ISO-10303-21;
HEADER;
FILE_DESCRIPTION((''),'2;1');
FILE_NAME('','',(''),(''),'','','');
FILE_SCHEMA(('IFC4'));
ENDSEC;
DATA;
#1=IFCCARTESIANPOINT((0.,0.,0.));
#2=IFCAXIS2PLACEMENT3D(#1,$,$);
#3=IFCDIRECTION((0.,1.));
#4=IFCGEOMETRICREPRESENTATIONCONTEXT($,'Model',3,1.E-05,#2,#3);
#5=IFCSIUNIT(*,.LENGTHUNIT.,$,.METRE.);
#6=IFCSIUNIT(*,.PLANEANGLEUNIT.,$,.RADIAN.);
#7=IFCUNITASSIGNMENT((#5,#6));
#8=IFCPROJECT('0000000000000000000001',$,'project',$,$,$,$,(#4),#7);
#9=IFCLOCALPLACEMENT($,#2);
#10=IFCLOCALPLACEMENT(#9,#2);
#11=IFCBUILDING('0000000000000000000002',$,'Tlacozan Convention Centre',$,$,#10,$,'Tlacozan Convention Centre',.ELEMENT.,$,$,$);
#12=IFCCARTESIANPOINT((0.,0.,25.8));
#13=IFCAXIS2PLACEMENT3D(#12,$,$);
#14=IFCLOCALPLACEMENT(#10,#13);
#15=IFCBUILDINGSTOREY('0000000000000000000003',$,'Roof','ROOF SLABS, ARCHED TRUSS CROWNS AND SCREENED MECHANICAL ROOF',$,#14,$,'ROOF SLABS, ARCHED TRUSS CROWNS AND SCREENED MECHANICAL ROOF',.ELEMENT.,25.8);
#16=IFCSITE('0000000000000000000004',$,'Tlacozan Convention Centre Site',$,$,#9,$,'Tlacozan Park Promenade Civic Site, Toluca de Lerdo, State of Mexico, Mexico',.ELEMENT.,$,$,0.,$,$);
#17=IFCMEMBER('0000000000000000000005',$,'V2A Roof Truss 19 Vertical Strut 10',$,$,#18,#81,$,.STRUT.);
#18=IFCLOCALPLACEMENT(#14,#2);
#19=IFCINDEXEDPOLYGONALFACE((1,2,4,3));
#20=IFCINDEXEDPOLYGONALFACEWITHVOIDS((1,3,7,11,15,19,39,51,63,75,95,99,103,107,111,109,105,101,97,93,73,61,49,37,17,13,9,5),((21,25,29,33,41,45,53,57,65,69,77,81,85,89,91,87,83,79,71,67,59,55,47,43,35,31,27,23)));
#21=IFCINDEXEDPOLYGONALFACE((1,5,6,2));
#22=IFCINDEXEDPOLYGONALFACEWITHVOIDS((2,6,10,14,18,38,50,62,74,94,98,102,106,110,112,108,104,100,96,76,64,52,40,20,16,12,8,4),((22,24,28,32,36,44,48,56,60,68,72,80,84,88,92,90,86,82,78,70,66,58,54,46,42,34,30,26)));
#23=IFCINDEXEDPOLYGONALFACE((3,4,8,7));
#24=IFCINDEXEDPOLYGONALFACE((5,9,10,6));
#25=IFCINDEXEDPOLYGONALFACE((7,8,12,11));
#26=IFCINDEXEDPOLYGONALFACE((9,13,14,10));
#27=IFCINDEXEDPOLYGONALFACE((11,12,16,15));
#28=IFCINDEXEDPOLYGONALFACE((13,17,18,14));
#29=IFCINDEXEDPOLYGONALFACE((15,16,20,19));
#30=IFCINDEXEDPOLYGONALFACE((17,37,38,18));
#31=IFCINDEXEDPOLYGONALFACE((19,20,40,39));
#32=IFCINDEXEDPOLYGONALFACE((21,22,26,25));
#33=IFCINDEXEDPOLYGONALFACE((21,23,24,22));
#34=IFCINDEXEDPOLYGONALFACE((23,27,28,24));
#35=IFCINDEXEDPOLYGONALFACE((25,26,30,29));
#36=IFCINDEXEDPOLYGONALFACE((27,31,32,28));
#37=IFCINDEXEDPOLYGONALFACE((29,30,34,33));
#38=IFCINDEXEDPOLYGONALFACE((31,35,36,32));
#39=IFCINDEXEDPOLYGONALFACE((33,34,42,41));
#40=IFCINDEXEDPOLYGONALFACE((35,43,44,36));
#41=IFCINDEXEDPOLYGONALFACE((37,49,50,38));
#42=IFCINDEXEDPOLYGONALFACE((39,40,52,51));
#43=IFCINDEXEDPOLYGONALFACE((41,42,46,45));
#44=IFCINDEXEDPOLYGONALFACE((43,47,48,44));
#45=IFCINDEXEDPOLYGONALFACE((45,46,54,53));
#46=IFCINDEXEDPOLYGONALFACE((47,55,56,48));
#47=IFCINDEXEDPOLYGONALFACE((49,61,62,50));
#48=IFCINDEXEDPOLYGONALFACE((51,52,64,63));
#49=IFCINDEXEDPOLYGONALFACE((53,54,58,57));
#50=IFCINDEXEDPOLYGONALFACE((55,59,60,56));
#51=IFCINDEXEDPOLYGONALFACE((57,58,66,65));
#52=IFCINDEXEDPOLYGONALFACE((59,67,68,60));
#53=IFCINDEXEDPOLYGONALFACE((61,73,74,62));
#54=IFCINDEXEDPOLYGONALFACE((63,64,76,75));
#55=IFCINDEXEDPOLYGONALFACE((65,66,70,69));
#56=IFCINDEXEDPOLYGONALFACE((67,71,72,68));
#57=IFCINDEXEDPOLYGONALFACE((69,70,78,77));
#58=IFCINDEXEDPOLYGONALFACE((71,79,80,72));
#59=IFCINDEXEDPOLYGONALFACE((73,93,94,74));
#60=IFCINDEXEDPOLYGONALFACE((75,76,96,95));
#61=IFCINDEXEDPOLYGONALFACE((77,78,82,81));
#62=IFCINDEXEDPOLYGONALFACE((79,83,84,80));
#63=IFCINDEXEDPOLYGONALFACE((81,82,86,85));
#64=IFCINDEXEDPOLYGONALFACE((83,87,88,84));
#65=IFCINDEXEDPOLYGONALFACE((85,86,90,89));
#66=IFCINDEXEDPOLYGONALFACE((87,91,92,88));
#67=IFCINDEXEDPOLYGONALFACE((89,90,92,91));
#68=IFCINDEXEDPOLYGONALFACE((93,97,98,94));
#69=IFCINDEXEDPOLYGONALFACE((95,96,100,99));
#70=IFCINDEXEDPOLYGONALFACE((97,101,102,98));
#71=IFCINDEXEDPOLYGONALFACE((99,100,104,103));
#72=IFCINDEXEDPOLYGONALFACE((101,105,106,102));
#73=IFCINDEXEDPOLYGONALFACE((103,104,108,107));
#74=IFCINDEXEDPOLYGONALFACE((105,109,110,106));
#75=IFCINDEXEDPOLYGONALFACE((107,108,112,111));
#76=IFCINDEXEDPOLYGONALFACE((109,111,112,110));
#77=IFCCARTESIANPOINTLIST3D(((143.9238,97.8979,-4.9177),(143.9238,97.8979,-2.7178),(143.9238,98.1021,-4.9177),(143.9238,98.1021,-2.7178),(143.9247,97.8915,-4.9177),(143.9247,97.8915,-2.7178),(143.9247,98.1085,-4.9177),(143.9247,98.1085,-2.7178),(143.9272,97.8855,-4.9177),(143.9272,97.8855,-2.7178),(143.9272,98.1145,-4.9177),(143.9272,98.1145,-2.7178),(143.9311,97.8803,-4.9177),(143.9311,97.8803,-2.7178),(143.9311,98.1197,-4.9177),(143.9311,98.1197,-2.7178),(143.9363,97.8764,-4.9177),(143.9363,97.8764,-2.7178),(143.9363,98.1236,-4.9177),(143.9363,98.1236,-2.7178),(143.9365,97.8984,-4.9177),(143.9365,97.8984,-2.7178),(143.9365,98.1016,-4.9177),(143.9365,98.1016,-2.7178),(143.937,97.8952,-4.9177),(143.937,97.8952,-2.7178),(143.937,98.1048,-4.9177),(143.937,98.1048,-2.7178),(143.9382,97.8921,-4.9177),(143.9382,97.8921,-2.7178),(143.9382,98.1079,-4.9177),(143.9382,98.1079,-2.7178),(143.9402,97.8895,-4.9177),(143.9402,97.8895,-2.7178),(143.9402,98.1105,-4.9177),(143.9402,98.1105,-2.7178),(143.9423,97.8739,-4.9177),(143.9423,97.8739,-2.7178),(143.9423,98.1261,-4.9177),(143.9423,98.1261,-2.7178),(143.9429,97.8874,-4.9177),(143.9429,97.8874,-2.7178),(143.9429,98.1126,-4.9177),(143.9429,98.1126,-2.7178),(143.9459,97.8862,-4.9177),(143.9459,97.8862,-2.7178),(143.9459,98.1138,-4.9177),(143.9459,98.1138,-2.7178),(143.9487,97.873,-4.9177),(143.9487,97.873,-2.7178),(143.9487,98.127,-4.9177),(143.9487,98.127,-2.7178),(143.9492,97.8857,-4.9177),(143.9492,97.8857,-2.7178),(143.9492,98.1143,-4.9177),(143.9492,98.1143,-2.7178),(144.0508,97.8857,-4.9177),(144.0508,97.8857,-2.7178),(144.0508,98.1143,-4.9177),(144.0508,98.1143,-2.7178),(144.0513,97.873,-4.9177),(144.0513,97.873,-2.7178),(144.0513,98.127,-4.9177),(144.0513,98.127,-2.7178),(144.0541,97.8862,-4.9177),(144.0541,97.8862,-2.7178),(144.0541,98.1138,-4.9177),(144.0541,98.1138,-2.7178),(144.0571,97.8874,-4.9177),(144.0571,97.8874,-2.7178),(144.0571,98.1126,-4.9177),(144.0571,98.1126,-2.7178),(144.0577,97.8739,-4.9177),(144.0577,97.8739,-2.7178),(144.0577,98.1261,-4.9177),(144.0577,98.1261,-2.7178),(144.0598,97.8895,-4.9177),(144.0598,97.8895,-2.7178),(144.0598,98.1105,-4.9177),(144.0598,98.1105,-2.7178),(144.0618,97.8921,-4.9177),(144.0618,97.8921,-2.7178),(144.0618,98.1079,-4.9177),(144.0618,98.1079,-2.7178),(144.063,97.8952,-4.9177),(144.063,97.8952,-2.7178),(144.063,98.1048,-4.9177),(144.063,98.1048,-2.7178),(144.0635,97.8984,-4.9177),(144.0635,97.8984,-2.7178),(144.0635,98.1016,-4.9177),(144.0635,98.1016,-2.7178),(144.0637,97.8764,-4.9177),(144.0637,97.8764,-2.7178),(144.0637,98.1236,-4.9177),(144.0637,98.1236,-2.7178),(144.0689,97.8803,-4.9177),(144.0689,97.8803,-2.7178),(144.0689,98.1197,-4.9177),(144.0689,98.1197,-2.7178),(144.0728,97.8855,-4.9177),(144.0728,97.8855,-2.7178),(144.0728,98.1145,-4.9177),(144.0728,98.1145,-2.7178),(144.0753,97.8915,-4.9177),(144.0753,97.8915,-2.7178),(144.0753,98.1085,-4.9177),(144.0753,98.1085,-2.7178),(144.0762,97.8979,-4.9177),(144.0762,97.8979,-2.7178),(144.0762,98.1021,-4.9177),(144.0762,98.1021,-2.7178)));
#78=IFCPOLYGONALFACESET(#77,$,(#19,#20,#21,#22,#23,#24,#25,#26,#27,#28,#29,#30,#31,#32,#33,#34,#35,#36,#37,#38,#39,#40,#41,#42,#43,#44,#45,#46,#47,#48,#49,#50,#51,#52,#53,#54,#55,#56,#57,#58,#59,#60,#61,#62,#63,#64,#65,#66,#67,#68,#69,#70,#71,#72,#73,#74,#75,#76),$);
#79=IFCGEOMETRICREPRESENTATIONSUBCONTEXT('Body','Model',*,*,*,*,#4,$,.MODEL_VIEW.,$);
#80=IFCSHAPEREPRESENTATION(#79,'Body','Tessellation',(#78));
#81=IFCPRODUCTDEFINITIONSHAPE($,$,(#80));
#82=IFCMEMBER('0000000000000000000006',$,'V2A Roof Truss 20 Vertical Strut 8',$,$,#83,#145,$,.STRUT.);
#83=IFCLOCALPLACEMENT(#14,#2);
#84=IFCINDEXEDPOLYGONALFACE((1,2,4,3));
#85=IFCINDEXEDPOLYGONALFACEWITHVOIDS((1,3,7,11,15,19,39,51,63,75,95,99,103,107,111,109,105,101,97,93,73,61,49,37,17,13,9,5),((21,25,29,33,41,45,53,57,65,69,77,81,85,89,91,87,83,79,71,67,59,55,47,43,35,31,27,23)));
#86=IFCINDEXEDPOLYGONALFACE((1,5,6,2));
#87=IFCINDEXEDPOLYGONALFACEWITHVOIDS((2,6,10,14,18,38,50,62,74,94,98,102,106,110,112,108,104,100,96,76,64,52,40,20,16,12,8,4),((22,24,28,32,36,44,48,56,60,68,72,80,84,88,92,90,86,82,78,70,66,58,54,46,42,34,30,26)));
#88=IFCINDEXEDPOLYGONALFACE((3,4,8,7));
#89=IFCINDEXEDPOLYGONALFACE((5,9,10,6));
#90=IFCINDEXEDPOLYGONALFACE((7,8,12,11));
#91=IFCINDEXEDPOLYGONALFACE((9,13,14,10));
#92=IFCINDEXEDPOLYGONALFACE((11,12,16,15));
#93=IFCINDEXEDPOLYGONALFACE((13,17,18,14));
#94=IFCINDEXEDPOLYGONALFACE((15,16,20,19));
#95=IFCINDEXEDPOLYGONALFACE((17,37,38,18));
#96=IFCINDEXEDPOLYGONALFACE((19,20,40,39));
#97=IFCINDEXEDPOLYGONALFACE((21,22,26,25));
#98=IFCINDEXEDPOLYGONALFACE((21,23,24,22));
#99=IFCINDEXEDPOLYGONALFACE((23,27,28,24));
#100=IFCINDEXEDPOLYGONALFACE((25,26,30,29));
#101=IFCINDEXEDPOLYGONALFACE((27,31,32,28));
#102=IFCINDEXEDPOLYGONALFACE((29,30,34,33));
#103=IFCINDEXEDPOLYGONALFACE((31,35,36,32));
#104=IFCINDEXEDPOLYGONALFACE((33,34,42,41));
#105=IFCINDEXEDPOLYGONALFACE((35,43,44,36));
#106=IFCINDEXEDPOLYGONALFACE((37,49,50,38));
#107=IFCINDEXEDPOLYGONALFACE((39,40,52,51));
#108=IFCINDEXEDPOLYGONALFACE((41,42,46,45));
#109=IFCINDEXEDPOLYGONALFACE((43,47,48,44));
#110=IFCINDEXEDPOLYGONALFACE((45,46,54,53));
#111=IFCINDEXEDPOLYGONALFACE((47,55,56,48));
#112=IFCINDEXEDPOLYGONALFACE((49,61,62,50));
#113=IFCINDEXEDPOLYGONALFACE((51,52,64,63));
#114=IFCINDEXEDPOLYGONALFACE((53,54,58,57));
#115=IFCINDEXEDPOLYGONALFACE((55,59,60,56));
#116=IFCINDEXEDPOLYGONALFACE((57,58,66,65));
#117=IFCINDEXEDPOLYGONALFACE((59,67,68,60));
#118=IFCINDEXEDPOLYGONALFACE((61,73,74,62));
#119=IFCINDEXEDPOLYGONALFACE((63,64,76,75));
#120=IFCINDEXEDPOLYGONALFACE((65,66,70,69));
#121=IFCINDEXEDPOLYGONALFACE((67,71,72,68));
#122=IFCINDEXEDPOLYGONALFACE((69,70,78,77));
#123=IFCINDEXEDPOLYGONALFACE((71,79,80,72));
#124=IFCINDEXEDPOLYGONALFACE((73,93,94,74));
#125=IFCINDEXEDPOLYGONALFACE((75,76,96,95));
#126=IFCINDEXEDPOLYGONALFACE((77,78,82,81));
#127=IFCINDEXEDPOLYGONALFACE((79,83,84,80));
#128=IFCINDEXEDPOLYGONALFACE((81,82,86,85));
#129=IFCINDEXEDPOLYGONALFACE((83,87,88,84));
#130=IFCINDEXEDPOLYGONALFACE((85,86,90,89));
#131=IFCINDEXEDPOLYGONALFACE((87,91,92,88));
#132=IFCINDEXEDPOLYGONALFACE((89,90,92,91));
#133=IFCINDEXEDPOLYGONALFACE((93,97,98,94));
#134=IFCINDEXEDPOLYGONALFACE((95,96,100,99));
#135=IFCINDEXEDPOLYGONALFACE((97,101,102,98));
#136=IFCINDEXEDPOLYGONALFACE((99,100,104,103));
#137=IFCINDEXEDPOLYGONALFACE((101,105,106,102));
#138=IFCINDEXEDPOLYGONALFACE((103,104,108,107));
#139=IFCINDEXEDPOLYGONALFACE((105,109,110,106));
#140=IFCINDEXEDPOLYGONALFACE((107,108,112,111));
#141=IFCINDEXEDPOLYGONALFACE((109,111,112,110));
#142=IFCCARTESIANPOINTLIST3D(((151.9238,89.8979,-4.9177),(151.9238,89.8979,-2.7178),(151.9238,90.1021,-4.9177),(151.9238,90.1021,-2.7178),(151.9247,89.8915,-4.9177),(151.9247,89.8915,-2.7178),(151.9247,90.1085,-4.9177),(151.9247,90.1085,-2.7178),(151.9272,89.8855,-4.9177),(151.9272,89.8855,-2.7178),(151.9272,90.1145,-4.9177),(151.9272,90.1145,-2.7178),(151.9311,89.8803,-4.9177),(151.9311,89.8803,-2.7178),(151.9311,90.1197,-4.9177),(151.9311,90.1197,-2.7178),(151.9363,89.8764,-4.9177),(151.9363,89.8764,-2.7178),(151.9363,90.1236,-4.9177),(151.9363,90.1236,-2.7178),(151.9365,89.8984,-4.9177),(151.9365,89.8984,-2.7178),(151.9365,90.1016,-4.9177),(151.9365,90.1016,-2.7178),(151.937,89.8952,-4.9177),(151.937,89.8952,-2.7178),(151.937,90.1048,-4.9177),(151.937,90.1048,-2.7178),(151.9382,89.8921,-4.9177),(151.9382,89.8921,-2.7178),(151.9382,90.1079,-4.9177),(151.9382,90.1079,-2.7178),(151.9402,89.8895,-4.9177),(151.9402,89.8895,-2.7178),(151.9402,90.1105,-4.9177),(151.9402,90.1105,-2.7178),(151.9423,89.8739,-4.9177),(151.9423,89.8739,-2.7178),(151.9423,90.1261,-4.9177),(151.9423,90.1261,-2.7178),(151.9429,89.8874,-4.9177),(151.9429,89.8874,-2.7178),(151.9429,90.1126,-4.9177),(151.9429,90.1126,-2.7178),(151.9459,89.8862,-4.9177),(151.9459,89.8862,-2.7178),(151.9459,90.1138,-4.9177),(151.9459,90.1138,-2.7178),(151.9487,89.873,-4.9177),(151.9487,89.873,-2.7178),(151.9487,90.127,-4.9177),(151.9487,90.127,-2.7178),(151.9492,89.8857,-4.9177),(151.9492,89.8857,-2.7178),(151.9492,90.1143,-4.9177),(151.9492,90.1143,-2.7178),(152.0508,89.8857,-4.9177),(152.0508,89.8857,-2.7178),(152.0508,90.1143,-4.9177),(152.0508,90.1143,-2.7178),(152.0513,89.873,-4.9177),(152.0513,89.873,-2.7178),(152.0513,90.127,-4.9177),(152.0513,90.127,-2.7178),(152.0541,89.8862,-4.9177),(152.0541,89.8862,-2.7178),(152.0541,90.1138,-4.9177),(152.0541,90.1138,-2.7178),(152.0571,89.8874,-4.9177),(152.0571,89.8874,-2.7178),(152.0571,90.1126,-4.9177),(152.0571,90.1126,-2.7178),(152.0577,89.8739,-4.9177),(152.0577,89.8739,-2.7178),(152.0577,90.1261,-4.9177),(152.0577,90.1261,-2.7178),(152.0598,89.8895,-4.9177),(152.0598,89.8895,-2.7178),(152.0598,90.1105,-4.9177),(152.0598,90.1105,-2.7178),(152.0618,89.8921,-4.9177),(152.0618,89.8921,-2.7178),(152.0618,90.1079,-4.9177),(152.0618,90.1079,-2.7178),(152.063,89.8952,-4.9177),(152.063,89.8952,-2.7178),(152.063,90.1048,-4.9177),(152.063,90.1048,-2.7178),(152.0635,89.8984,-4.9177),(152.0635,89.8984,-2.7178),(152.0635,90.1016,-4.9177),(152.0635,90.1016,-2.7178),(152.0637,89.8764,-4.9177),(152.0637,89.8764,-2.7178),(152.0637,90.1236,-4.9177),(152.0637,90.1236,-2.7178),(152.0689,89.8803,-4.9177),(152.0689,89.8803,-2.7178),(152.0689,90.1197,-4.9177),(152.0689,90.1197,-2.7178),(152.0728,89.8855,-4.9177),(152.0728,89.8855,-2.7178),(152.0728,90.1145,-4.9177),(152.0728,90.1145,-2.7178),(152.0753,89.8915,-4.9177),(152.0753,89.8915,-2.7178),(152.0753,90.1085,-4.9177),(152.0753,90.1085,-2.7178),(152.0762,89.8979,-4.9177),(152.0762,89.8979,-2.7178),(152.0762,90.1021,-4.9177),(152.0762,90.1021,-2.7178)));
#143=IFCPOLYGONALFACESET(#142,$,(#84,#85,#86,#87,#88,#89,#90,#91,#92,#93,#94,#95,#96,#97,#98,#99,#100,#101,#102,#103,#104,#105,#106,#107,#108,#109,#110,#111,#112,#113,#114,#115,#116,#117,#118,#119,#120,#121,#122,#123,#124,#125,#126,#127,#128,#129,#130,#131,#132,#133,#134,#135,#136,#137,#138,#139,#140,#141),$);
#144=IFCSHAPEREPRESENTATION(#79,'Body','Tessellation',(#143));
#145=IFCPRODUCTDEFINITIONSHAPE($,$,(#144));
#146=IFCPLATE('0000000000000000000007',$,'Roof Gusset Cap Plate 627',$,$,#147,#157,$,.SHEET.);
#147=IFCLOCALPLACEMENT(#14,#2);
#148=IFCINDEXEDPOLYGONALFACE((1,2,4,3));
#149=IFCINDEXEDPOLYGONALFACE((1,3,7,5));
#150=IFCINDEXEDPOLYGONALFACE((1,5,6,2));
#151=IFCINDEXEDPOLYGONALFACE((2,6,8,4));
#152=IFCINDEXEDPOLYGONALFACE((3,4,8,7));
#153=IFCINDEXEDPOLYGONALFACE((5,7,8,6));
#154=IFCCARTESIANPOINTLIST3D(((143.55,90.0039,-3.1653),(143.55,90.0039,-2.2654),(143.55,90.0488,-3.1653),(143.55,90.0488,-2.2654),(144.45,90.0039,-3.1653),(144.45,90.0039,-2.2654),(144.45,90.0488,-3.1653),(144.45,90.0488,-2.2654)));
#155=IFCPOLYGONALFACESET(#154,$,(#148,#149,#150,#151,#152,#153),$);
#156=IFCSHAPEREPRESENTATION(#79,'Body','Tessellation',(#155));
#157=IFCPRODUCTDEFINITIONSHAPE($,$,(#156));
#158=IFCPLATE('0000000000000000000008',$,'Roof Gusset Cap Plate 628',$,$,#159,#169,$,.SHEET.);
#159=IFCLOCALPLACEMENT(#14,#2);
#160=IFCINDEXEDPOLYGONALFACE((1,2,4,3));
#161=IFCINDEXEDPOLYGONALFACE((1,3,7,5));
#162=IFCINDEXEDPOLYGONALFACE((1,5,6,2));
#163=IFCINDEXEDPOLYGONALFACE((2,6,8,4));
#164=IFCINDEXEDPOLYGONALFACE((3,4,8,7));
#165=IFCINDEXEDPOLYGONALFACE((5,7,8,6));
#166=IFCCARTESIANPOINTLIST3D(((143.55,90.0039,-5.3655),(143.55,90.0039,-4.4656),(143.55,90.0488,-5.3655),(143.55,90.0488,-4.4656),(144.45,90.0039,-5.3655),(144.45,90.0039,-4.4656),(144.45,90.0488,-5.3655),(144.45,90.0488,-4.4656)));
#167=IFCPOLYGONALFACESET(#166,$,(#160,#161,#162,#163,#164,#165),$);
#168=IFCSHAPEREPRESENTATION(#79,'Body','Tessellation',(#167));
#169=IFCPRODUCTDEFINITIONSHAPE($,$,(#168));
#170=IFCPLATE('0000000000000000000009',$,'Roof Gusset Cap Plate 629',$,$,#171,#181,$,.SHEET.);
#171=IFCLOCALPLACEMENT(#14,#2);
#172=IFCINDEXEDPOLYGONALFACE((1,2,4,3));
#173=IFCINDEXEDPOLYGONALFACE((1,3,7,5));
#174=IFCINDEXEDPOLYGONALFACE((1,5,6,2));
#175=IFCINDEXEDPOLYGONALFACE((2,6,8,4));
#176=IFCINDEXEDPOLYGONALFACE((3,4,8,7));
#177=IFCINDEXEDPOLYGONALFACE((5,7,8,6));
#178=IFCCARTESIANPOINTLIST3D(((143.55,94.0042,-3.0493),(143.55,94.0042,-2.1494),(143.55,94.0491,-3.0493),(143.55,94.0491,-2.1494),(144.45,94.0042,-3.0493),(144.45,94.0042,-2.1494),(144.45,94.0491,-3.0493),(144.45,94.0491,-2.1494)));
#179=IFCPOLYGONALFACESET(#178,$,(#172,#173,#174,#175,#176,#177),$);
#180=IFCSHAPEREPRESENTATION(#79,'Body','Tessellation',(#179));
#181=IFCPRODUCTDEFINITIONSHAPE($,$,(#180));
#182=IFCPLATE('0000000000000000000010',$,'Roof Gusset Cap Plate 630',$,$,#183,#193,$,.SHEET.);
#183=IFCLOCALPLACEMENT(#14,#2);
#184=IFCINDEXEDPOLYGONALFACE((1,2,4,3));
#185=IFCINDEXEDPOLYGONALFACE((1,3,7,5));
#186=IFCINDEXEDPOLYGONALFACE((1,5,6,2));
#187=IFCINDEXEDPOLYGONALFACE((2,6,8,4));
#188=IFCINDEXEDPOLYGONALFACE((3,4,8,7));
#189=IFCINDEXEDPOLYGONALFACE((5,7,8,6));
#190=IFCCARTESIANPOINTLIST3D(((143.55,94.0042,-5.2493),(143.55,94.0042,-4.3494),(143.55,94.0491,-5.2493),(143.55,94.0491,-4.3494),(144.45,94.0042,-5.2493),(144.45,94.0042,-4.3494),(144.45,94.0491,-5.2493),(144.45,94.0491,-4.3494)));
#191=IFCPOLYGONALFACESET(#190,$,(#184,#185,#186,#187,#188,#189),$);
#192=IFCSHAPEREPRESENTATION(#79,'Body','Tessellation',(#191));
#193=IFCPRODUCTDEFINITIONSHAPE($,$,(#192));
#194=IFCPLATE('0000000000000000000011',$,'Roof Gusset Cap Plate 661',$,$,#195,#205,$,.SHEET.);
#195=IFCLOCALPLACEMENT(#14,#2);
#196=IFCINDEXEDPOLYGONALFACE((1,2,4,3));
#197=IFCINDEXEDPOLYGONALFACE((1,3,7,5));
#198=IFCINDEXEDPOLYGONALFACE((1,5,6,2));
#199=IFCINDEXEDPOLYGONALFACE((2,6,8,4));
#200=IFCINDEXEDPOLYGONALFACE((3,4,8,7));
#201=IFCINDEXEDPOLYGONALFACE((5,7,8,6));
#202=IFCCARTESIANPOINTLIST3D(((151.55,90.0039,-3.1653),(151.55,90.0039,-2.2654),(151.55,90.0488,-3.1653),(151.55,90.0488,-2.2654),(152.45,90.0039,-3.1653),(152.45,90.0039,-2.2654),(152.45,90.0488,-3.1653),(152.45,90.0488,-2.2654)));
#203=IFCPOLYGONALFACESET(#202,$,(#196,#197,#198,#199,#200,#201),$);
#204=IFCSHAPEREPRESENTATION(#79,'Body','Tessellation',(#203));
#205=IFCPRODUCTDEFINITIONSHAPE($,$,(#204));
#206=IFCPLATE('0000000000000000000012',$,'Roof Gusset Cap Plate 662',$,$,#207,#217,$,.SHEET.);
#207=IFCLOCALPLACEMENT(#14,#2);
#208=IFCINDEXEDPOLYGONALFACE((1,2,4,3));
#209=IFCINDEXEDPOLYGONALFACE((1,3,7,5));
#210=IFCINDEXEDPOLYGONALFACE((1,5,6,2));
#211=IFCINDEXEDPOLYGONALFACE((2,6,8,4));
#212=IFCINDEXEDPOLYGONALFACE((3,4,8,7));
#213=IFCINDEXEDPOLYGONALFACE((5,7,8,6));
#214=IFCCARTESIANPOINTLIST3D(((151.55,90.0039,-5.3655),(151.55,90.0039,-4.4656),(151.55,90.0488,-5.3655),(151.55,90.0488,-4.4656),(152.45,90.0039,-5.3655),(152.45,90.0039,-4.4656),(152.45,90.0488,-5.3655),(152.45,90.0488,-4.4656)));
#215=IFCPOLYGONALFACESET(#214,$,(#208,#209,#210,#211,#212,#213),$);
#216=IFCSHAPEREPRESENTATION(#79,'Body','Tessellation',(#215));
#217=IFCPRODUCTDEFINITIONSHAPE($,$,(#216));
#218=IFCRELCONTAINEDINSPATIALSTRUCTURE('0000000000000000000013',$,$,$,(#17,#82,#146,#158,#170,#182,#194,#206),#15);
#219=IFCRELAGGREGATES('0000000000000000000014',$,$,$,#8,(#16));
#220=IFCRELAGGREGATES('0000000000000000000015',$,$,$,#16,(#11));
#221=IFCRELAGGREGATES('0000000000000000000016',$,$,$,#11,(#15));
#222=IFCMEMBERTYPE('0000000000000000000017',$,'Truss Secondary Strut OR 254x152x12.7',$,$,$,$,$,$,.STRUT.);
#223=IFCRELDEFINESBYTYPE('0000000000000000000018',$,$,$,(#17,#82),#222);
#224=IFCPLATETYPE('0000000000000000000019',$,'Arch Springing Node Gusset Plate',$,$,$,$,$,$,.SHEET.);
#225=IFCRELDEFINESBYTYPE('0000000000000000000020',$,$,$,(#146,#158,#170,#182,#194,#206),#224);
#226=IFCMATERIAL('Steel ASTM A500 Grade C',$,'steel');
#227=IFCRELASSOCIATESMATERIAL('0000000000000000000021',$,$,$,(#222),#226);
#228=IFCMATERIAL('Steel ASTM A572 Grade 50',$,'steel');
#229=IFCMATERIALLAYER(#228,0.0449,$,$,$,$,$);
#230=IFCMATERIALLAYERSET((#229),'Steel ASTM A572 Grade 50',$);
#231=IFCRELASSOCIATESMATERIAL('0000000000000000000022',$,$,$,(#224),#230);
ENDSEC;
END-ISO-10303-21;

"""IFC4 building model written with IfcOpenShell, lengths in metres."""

from ifc_helpers import new_model, si_unit, direction, frame, origin, origin_2d, place, context, subcontext, project, spatial, rectangle, hollow_rectangle, extrude, material, layer, layer_set, material_profile, profile_set, type_object, element, save


model = new_model("IFC4")

# Units and contexts
model_context = context("Model", 3, precision=1e-05, world=origin(), true_north=direction((0.0, 1.0)))
body_context = subcontext(model_context, "Body", "Model", "MODEL_VIEW")
ifc_project = project(units=[si_unit("LENGTHUNIT", "METRE"), si_unit("PLANEANGLEUNIT", "RADIAN")], contexts=[model_context])

# Site, building, storey
site_placement = place(None, origin())
site = spatial("IfcSite", under=ifc_project, at=site_placement, Name="Tlacozan Convention Centre Site", LongName="Tlacozan Park Promenade Civic Site, Toluca de Lerdo, State of Mexico, Mexico", CompositionType="ELEMENT", RefElevation=0.0)
building_placement = place(site_placement, origin())
building = spatial("IfcBuilding", under=site, at=building_placement, Name="Tlacozan Convention Centre", LongName="Tlacozan Convention Centre", CompositionType="ELEMENT")
storey_placement = place(building_placement, frame((0.0, 0.0, 25.8)))
storey = spatial("IfcBuildingStorey", under=building, at=storey_placement, Name="Roof", Description="ROOF SLABS, ARCHED TRUSS CROWNS AND SCREENED MECHANICAL ROOF", LongName="ROOF SLABS, ARCHED TRUSS CROWNS AND SCREENED MECHANICAL ROOF", CompositionType="ELEMENT", Elevation=25.8)

# Members
ifc_material_1 = material(Name="Steel ASTM A500 Grade C", Category="steel")
ifc_material_profile_1 = material_profile(ifc_material_1, hollow_rectangle(XDim=0.1523, YDim=0.2539, WallThickness=0.0127, InnerFilletRadius=0.0127, OuterFilletRadius=0.0249, at=origin_2d()), Name="OR 254x152x12.7")
ifc_profile_set_1 = profile_set([ifc_material_profile_1], Name="Steel ASTM A500 Grade C")
member_type_1 = type_object("IfcMemberType", Name="Truss Secondary Strut OR 254x152x12.7", PredefinedType="STRUT", material=ifc_profile_set_1)
for number, where, z_axis, x_axis, name in (
    (1, (144.0, 98.0, -4.9177), (0.0, 0.0, 1.0), (1.0, 0.0, 0.0), "V2A Roof Truss 19 Vertical Strut 10"),
    (2, (152.0, 90.0, -4.9177), (0.0, 0.0, 1.0), (1.0, 0.0, 0.0), "V2A Roof Truss 20 Vertical Strut 8"),
):
    element("IfcMember", number, at=place(storey_placement, frame(where, z_axis=z_axis, x_axis=x_axis)), inside=storey, type_object=member_type_1, Name=name, PredefinedType="STRUT", context=body_context, shape_type="SweptSolid", body=[
        extrude(hollow_rectangle(XDim=0.1523, YDim=0.2539, WallThickness=0.0127, InnerFilletRadius=0.0127, OuterFilletRadius=0.0249, at=origin_2d()), origin(), (0.0, 0.0, 1.0), 2.2),
    ])

# Plates
ifc_material_2 = material(Name="Steel ASTM A572 Grade 50", Category="steel")
ifc_layer = layer(ifc_material_2, 0.0449)
ifc_layer_set = layer_set([ifc_layer], Name="Steel ASTM A572 Grade 50")
plate_type = type_object("IfcPlateType", Name="Arch Springing Node Gusset Plate", PredefinedType="SHEET", material=ifc_layer_set)
for number, where, z_axis, x_axis, name in (
    (3, (144.0, 90.0264, -3.1653), (0.0, 0.0, 1.0), (0.0, 1.0, 0.0), "Roof Gusset Cap Plate 627"),
    (4, (144.0, 90.0264, -5.3655), (0.0, 0.0, 1.0), (0.0, 1.0, 0.0), "Roof Gusset Cap Plate 628"),
    (5, (144.0, 94.0266, -3.0493), (0.0, 0.0, 1.0), (0.0, 1.0, 0.0), "Roof Gusset Cap Plate 629"),
    (6, (144.0, 94.0266, -5.2493), (0.0, 0.0, 1.0), (0.0, 1.0, 0.0), "Roof Gusset Cap Plate 630"),
    (7, (152.0, 90.0264, -3.1653), (0.0, 0.0, 1.0), (0.0, 1.0, 0.0), "Roof Gusset Cap Plate 661"),
    (8, (152.0, 90.0264, -5.3655), (0.0, 0.0, 1.0), (0.0, 1.0, 0.0), "Roof Gusset Cap Plate 662"),
):
    element("IfcPlate", number, at=place(storey_placement, frame(where, z_axis=z_axis, x_axis=x_axis)), inside=storey, type_object=plate_type, Name=name, PredefinedType="SHEET", context=body_context, shape_type="SweptSolid", body=[
        extrude(rectangle(XDim=0.0449, YDim=0.8999, at=origin_2d()), origin(), (0.0, 0.0, 1.0), 0.8999),
    ])

save(model, "model.ifc")
